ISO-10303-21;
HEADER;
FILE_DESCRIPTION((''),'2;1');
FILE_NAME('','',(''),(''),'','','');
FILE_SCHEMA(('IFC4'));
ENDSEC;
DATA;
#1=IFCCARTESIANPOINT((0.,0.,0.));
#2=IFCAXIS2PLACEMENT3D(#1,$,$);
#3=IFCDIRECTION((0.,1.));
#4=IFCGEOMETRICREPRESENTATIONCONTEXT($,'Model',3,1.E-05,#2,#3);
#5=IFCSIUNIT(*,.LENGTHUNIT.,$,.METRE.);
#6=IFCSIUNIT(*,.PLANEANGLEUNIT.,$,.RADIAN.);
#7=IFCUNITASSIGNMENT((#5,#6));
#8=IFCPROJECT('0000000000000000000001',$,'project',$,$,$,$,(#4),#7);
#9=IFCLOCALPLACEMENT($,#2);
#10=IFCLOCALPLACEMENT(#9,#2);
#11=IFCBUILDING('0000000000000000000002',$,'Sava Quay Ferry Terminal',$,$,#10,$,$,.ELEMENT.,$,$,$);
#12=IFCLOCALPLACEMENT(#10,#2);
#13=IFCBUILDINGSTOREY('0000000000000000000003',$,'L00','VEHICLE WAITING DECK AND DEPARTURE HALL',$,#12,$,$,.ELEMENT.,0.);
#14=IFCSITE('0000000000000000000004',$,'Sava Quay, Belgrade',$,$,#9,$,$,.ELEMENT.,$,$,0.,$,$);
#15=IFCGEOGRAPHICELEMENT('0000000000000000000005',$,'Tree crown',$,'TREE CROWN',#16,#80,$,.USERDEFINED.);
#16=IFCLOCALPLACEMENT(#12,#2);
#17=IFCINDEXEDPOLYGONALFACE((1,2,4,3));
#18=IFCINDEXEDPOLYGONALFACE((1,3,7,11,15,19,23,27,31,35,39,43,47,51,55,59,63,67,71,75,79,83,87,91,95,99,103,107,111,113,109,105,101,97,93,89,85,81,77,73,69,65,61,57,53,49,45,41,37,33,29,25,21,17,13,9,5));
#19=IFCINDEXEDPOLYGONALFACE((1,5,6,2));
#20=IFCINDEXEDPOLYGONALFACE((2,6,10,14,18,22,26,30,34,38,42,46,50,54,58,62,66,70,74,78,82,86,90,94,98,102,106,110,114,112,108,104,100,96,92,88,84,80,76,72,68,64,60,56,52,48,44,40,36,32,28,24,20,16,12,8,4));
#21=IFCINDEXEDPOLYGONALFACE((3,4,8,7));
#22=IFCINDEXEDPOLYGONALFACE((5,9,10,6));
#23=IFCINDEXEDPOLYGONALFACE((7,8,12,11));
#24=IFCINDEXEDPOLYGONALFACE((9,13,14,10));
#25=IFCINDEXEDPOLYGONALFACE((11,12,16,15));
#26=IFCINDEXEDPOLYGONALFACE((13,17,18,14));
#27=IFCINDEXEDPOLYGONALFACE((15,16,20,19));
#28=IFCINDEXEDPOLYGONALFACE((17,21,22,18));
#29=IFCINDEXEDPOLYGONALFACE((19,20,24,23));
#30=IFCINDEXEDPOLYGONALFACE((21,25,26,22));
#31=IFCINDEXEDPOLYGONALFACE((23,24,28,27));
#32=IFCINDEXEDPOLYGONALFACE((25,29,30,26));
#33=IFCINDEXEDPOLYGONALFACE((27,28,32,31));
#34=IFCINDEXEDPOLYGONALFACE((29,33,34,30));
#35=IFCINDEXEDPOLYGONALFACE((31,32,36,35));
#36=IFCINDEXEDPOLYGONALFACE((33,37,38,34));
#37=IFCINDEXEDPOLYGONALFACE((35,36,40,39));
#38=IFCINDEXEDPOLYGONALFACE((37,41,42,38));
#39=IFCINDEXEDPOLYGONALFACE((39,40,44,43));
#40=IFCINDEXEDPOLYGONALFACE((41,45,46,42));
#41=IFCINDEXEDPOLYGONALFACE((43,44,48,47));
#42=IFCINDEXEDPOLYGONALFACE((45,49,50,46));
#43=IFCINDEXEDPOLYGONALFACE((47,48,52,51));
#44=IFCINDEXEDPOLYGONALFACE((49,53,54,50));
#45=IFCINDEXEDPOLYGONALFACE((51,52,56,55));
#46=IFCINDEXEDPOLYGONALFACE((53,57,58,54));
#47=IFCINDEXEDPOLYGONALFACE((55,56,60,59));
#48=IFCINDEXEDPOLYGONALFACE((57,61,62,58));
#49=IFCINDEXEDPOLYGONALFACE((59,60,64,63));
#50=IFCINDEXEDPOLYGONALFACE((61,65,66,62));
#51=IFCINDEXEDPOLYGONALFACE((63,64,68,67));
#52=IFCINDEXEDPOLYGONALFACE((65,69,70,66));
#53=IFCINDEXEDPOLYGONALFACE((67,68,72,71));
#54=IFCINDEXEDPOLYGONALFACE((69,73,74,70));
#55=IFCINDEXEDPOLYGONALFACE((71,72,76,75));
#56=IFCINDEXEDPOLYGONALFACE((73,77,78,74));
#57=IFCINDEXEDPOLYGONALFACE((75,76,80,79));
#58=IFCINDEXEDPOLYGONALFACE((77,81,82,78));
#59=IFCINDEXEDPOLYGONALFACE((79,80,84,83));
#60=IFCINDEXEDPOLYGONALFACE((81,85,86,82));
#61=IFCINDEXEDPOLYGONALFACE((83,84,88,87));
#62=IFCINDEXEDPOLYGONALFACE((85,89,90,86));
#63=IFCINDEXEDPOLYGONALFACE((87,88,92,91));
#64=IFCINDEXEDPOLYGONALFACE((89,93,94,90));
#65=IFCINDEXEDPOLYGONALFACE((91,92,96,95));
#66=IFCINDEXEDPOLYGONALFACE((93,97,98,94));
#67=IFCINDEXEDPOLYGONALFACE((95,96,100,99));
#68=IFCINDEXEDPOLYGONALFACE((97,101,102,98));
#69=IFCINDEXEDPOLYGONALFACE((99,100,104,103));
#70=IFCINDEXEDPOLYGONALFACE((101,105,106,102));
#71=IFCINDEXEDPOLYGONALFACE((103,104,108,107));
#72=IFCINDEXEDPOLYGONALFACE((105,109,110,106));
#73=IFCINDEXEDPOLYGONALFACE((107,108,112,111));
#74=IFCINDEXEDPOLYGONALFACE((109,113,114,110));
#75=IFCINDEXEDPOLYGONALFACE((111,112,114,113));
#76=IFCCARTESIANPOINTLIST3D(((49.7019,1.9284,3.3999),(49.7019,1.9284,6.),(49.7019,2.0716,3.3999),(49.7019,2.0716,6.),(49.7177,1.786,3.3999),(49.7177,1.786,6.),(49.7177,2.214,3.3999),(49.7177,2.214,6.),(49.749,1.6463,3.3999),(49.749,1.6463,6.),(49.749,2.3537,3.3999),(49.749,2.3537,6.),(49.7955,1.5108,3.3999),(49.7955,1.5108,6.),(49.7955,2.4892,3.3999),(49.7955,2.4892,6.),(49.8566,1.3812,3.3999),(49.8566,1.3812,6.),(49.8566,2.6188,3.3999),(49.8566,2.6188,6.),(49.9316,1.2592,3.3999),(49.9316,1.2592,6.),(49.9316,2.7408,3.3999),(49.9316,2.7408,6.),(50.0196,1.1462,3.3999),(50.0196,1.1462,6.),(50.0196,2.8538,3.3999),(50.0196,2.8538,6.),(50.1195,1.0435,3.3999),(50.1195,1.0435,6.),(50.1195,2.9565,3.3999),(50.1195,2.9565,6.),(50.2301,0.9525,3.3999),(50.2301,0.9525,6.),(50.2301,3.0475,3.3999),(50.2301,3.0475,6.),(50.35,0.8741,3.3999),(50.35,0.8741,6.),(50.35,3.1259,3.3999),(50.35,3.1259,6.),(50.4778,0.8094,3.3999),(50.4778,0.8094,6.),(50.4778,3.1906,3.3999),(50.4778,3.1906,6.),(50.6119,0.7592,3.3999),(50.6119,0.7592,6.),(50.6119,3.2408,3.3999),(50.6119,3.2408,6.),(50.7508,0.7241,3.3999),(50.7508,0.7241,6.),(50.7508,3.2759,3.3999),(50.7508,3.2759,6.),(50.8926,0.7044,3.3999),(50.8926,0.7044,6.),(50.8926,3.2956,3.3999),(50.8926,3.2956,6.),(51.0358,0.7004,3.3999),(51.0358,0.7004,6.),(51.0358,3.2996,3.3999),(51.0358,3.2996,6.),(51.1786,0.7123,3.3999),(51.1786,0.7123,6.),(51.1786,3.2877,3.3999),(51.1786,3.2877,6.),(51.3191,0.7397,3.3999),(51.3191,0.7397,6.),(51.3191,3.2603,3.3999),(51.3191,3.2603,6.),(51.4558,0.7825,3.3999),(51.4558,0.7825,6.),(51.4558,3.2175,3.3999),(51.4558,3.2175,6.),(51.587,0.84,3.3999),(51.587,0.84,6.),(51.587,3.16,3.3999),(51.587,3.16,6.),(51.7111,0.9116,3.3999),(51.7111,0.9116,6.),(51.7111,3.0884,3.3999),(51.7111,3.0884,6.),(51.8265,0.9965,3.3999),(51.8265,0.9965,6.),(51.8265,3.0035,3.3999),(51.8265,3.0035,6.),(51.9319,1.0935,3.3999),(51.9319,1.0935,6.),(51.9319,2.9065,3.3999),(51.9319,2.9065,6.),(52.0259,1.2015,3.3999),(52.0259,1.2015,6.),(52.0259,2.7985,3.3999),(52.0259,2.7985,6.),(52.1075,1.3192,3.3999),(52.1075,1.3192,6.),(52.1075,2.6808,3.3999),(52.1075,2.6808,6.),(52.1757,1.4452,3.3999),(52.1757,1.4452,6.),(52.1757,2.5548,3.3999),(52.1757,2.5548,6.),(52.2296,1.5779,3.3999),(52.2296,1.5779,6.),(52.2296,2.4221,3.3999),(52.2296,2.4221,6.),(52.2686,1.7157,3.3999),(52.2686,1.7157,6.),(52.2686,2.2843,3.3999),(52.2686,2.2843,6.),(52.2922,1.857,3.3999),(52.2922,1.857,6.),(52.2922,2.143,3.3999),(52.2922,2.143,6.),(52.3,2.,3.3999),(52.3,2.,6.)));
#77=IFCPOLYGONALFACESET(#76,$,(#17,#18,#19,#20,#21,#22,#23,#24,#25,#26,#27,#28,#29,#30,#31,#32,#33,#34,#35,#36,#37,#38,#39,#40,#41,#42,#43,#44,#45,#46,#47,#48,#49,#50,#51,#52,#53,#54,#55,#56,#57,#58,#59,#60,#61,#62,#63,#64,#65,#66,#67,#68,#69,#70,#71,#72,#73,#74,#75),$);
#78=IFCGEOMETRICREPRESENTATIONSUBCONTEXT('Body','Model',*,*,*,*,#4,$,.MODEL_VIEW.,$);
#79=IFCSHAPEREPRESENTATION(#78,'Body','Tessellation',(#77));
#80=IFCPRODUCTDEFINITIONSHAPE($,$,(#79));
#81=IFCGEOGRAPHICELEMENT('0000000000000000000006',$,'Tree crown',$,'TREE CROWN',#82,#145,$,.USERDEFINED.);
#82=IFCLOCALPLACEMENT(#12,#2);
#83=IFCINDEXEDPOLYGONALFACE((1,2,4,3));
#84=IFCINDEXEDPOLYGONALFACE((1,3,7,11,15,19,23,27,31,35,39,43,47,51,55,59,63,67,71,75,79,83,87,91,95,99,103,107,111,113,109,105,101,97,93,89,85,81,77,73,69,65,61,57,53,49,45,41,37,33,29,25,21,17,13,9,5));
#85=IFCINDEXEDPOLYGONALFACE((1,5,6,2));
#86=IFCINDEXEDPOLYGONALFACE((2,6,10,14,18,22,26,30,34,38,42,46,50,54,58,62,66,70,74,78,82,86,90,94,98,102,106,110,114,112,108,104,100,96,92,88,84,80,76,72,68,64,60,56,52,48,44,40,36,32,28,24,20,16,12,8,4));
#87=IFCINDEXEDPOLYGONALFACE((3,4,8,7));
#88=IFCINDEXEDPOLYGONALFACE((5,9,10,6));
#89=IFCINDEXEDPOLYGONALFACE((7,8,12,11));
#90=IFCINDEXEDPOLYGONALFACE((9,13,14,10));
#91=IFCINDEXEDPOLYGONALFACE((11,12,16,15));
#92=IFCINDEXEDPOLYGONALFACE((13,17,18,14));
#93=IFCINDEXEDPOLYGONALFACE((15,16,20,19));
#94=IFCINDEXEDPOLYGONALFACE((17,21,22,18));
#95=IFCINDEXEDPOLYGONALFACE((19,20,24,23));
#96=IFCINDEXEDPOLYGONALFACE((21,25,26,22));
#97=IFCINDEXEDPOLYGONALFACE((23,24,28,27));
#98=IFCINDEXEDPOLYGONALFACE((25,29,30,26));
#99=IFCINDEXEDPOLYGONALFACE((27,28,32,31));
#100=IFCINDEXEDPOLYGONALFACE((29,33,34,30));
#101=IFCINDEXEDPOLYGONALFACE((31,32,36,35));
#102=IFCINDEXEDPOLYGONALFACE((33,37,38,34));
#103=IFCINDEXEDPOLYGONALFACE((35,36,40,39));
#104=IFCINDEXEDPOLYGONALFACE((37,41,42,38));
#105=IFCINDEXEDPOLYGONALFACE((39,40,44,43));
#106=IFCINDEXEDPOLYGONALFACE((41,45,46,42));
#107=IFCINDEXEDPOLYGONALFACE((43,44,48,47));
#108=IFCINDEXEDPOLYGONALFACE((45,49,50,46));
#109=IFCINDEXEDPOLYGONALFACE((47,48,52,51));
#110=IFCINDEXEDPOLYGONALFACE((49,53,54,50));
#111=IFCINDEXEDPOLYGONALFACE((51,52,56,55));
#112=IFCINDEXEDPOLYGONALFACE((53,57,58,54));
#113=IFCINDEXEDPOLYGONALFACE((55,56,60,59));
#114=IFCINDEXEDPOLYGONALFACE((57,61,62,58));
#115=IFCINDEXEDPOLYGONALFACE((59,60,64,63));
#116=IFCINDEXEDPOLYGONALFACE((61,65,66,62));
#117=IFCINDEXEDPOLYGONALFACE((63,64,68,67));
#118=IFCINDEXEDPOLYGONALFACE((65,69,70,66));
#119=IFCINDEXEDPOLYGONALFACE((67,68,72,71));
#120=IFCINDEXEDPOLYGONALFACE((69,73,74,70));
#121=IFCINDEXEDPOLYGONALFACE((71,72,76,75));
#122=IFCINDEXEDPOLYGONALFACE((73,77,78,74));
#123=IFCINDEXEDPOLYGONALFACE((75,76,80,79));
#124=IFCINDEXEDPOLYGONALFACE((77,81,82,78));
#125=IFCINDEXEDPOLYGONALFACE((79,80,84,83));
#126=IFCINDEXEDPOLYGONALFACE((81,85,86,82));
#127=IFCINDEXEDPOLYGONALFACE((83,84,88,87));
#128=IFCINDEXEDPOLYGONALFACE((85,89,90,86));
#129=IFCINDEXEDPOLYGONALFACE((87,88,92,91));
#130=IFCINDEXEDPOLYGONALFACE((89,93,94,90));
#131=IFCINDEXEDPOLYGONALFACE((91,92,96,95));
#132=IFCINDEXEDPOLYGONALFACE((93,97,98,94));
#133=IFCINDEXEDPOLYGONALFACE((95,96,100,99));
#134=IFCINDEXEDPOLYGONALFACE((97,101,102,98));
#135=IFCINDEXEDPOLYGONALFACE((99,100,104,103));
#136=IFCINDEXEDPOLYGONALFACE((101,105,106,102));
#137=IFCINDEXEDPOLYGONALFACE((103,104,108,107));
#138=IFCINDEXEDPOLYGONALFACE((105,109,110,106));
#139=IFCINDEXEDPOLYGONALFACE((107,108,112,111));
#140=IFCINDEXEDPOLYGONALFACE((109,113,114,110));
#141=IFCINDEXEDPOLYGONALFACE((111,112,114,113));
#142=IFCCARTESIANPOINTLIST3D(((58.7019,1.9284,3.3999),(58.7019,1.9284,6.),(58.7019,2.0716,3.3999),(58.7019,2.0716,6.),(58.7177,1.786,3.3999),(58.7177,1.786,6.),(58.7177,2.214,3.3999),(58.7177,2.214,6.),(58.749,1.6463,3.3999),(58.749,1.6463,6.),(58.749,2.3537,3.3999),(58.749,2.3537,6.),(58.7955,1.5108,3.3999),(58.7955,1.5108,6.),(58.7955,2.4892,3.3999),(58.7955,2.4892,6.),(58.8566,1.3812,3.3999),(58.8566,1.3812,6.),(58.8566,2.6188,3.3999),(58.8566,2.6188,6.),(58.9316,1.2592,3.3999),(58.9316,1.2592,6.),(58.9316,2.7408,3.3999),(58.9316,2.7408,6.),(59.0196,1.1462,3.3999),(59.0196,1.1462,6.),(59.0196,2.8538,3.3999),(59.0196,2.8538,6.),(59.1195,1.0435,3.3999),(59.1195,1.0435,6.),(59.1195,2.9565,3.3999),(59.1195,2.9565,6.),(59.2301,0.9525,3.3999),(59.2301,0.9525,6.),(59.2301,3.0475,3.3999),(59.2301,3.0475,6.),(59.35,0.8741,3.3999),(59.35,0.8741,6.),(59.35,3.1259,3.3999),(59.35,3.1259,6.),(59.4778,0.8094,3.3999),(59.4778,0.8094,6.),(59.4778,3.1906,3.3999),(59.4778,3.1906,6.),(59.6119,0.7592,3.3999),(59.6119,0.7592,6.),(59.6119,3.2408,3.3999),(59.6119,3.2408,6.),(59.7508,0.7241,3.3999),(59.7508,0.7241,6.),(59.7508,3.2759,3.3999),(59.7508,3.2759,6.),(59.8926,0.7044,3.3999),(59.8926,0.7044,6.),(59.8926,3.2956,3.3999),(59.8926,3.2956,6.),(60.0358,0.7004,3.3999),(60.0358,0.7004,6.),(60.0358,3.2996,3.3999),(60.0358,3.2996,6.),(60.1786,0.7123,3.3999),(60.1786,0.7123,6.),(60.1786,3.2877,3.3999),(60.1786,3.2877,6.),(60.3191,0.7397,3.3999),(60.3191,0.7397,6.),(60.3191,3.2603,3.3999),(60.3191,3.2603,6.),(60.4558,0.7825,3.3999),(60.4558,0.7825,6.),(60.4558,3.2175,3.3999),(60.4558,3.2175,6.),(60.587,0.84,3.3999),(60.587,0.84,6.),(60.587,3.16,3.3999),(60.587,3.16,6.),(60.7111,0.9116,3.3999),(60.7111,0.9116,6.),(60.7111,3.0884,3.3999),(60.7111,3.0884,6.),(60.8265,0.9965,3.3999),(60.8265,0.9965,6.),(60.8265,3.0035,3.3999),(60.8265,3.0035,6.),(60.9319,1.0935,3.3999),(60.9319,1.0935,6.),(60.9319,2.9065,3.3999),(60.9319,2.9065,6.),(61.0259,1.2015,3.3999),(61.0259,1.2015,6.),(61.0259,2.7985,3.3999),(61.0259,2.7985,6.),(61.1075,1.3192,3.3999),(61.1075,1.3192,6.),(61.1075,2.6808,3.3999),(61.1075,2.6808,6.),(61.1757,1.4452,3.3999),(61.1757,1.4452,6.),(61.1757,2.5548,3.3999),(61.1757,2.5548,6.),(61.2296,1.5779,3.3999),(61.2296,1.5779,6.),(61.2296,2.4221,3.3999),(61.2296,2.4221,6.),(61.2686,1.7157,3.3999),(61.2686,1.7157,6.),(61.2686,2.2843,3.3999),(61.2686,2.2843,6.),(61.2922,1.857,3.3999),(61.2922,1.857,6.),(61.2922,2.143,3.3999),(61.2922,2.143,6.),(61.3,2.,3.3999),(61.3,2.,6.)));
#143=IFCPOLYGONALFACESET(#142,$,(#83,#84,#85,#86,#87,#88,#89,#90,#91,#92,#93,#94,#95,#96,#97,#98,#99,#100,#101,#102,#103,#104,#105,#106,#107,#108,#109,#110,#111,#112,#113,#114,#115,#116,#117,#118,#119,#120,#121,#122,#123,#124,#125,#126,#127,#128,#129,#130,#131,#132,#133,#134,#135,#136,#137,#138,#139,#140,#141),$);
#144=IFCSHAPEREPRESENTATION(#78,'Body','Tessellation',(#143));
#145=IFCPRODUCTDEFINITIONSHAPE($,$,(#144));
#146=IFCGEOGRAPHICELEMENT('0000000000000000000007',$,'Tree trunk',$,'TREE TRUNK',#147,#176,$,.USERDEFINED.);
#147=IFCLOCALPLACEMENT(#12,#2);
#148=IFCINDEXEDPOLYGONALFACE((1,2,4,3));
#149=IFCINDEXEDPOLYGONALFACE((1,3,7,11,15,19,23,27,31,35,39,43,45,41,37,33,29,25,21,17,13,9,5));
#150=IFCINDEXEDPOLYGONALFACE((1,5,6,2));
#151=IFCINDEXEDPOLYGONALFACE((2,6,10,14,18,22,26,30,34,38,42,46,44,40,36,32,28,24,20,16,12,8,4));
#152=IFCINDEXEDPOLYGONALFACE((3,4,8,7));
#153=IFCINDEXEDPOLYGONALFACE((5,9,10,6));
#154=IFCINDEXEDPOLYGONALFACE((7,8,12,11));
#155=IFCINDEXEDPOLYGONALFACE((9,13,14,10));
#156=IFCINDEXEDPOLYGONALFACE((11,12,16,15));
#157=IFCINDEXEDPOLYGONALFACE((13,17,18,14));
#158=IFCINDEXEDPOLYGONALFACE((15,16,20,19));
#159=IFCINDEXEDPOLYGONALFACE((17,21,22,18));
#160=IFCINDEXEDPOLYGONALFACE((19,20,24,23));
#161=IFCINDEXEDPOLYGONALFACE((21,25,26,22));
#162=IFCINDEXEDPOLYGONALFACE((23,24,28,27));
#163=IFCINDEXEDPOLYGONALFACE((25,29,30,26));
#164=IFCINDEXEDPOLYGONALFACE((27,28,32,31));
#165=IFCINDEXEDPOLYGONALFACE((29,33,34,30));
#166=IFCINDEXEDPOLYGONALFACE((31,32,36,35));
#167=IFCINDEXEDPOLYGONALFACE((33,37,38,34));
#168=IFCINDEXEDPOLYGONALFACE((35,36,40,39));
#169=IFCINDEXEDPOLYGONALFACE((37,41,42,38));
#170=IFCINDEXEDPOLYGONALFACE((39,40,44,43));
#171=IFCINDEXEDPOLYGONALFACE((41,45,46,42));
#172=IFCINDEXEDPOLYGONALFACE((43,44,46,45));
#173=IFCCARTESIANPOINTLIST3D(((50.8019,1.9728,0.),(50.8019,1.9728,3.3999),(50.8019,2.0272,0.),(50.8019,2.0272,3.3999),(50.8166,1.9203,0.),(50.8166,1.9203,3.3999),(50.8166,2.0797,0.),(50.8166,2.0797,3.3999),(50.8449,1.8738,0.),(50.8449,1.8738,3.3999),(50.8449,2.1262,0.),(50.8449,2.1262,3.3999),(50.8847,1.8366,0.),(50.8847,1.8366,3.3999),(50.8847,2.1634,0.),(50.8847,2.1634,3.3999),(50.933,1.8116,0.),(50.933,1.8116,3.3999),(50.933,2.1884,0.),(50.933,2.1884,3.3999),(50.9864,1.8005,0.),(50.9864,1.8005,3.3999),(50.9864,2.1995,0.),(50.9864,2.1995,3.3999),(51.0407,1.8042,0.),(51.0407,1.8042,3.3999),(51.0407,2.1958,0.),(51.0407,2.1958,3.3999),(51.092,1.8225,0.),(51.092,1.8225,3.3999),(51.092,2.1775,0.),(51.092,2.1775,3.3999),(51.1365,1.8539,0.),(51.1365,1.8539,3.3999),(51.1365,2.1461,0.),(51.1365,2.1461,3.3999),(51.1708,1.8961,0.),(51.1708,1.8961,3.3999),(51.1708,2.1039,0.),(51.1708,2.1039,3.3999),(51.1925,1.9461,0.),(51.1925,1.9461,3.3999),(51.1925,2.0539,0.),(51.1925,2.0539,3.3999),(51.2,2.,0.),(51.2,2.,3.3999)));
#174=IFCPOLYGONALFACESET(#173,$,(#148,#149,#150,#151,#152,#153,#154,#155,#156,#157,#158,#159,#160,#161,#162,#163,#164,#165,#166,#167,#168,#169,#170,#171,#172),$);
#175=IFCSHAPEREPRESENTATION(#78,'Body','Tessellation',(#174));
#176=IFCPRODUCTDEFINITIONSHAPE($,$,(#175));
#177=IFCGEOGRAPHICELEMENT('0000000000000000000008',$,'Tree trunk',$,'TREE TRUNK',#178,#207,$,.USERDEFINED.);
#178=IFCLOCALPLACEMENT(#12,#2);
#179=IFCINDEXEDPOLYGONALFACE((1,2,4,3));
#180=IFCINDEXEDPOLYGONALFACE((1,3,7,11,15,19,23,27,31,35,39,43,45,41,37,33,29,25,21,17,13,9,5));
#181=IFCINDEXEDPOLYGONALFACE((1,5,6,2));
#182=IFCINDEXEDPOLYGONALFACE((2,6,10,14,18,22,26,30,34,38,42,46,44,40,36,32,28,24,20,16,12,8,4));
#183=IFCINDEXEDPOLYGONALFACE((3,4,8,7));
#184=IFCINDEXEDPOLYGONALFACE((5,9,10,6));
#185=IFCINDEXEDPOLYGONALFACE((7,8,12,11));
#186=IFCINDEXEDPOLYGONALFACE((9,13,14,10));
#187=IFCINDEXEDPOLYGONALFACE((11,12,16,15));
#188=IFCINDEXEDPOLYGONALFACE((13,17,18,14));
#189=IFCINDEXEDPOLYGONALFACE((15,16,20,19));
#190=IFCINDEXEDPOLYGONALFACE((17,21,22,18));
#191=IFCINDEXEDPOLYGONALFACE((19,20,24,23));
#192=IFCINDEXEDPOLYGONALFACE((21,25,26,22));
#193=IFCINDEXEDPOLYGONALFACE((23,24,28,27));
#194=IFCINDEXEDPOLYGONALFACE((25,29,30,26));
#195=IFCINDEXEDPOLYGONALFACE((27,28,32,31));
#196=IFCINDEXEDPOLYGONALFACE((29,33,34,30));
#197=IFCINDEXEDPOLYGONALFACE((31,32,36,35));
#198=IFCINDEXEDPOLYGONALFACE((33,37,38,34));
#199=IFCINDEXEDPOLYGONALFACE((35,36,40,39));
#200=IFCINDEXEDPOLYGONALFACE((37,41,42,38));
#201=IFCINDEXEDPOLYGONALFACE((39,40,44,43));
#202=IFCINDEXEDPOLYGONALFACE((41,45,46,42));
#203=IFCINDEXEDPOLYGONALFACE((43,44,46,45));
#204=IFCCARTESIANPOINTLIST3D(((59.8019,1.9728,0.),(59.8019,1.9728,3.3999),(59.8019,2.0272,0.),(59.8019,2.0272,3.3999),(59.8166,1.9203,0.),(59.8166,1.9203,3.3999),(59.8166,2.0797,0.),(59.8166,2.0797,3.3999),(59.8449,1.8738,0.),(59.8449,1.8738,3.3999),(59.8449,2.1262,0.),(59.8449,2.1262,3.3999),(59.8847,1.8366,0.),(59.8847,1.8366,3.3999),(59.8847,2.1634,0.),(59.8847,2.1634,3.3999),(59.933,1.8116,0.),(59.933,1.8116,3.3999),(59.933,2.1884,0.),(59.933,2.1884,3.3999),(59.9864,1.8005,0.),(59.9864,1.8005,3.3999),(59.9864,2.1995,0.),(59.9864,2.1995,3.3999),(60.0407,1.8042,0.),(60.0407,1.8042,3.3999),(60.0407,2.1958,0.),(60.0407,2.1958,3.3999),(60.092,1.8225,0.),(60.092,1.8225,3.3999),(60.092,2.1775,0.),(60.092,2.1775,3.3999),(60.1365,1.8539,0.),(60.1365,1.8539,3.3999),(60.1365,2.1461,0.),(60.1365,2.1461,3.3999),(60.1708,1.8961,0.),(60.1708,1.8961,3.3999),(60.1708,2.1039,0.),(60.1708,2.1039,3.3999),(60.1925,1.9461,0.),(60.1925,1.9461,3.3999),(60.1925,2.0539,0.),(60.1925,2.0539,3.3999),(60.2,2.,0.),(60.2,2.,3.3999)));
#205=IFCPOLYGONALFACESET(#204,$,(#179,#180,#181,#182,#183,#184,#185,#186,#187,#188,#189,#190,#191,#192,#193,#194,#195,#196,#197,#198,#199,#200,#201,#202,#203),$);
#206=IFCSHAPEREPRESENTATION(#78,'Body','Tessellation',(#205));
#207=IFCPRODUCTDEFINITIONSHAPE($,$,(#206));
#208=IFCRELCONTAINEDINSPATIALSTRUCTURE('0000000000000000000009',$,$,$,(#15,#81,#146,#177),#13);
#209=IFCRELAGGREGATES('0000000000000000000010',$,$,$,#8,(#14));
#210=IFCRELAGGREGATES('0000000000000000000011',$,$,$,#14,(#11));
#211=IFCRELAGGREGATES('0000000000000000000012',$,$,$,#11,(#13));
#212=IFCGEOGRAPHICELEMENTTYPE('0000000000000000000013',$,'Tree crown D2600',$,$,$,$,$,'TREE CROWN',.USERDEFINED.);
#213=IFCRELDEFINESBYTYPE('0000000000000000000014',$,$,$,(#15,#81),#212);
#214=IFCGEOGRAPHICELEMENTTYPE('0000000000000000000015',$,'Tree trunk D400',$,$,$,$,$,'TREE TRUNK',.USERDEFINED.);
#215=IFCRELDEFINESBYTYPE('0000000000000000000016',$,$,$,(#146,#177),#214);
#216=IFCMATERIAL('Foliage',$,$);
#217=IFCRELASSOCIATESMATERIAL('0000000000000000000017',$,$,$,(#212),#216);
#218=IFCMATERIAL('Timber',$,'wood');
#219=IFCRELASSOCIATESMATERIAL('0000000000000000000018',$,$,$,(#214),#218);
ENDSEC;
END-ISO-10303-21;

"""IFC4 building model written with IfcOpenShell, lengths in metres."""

from ifc_helpers import new_model, si_unit, direction, frame, origin, origin_2d, place, context, subcontext, project, spatial, circle, extrude, material, type_object, element, save


model = new_model("IFC4")

# Units and contexts
model_context = context("Model", 3, precision=1e-05, world=origin(), true_north=direction((0.0, 1.0)))
body_context = subcontext(model_context, "Body", "Model", "MODEL_VIEW")
ifc_project = project(units=[si_unit("LENGTHUNIT", "METRE"), si_unit("PLANEANGLEUNIT", "RADIAN")], contexts=[model_context])

# Site, building, storey
site_placement = place(None, origin())
site = spatial("IfcSite", under=ifc_project, at=site_placement, Name="Sava Quay, Belgrade", CompositionType="ELEMENT", RefElevation=0.0)
building_placement = place(site_placement, origin())
building = spatial("IfcBuilding", under=site, at=building_placement, Name="Sava Quay Ferry Terminal", CompositionType="ELEMENT")
storey_placement = place(building_placement, origin())
storey = spatial("IfcBuildingStorey", under=building, at=storey_placement, Name="L00", Description="VEHICLE WAITING DECK AND DEPARTURE HALL", CompositionType="ELEMENT", Elevation=0.0)

# Geographic elements
ifc_material_1 = material(Name="Foliage")
geographic_element_type_1 = type_object("IfcGeographicElementType", Name="Tree crown D2600", ElementType="TREE CROWN", PredefinedType="USERDEFINED", material=ifc_material_1)
for number, where, z_axis, x_axis, name in (
    (1, (51.0, 2.0, 6.0), (0.0, 0.0, -1.0), (1.0, 0.0, 0.0), "Tree crown"),
    (2, (60.0, 2.0, 6.0), (0.0, 0.0, -1.0), (1.0, 0.0, 0.0), "Tree crown"),
):
    element("IfcGeographicElement", number, at=place(storey_placement, frame(where, z_axis=z_axis, x_axis=x_axis)), inside=storey, type_object=geographic_element_type_1, Name=name, ObjectType="TREE CROWN", PredefinedType="USERDEFINED", context=body_context, shape_type="SweptSolid", body=[
        extrude(circle(Radius=1.3, at=origin_2d()), origin(), (0.0, 0.0, 1.0), 2.6001),
    ])
ifc_material_2 = material(Name="Timber", Category="wood")
geographic_element_type_2 = type_object("IfcGeographicElementType", Name="Tree trunk D400", ElementType="TREE TRUNK", PredefinedType="USERDEFINED", material=ifc_material_2)
for number, where, z_axis, x_axis, name in (
    (3, (51.0, 2.0, 3.3999), (0.0, 0.0, -1.0), (1.0, 0.0, 0.0), "Tree trunk"),
    (4, (60.0, 2.0, 3.3999), (0.0, 0.0, -1.0), (1.0, 0.0, 0.0), "Tree trunk"),
):
    element("IfcGeographicElement", number, at=place(storey_placement, frame(where, z_axis=z_axis, x_axis=x_axis)), inside=storey, type_object=geographic_element_type_2, Name=name, ObjectType="TREE TRUNK", PredefinedType="USERDEFINED", context=body_context, shape_type="SweptSolid", body=[
        extrude(circle(Radius=0.2, at=origin_2d()), origin(), (0.0, 0.0, 1.0), 3.3999),
    ])

save(model, "model.ifc")
